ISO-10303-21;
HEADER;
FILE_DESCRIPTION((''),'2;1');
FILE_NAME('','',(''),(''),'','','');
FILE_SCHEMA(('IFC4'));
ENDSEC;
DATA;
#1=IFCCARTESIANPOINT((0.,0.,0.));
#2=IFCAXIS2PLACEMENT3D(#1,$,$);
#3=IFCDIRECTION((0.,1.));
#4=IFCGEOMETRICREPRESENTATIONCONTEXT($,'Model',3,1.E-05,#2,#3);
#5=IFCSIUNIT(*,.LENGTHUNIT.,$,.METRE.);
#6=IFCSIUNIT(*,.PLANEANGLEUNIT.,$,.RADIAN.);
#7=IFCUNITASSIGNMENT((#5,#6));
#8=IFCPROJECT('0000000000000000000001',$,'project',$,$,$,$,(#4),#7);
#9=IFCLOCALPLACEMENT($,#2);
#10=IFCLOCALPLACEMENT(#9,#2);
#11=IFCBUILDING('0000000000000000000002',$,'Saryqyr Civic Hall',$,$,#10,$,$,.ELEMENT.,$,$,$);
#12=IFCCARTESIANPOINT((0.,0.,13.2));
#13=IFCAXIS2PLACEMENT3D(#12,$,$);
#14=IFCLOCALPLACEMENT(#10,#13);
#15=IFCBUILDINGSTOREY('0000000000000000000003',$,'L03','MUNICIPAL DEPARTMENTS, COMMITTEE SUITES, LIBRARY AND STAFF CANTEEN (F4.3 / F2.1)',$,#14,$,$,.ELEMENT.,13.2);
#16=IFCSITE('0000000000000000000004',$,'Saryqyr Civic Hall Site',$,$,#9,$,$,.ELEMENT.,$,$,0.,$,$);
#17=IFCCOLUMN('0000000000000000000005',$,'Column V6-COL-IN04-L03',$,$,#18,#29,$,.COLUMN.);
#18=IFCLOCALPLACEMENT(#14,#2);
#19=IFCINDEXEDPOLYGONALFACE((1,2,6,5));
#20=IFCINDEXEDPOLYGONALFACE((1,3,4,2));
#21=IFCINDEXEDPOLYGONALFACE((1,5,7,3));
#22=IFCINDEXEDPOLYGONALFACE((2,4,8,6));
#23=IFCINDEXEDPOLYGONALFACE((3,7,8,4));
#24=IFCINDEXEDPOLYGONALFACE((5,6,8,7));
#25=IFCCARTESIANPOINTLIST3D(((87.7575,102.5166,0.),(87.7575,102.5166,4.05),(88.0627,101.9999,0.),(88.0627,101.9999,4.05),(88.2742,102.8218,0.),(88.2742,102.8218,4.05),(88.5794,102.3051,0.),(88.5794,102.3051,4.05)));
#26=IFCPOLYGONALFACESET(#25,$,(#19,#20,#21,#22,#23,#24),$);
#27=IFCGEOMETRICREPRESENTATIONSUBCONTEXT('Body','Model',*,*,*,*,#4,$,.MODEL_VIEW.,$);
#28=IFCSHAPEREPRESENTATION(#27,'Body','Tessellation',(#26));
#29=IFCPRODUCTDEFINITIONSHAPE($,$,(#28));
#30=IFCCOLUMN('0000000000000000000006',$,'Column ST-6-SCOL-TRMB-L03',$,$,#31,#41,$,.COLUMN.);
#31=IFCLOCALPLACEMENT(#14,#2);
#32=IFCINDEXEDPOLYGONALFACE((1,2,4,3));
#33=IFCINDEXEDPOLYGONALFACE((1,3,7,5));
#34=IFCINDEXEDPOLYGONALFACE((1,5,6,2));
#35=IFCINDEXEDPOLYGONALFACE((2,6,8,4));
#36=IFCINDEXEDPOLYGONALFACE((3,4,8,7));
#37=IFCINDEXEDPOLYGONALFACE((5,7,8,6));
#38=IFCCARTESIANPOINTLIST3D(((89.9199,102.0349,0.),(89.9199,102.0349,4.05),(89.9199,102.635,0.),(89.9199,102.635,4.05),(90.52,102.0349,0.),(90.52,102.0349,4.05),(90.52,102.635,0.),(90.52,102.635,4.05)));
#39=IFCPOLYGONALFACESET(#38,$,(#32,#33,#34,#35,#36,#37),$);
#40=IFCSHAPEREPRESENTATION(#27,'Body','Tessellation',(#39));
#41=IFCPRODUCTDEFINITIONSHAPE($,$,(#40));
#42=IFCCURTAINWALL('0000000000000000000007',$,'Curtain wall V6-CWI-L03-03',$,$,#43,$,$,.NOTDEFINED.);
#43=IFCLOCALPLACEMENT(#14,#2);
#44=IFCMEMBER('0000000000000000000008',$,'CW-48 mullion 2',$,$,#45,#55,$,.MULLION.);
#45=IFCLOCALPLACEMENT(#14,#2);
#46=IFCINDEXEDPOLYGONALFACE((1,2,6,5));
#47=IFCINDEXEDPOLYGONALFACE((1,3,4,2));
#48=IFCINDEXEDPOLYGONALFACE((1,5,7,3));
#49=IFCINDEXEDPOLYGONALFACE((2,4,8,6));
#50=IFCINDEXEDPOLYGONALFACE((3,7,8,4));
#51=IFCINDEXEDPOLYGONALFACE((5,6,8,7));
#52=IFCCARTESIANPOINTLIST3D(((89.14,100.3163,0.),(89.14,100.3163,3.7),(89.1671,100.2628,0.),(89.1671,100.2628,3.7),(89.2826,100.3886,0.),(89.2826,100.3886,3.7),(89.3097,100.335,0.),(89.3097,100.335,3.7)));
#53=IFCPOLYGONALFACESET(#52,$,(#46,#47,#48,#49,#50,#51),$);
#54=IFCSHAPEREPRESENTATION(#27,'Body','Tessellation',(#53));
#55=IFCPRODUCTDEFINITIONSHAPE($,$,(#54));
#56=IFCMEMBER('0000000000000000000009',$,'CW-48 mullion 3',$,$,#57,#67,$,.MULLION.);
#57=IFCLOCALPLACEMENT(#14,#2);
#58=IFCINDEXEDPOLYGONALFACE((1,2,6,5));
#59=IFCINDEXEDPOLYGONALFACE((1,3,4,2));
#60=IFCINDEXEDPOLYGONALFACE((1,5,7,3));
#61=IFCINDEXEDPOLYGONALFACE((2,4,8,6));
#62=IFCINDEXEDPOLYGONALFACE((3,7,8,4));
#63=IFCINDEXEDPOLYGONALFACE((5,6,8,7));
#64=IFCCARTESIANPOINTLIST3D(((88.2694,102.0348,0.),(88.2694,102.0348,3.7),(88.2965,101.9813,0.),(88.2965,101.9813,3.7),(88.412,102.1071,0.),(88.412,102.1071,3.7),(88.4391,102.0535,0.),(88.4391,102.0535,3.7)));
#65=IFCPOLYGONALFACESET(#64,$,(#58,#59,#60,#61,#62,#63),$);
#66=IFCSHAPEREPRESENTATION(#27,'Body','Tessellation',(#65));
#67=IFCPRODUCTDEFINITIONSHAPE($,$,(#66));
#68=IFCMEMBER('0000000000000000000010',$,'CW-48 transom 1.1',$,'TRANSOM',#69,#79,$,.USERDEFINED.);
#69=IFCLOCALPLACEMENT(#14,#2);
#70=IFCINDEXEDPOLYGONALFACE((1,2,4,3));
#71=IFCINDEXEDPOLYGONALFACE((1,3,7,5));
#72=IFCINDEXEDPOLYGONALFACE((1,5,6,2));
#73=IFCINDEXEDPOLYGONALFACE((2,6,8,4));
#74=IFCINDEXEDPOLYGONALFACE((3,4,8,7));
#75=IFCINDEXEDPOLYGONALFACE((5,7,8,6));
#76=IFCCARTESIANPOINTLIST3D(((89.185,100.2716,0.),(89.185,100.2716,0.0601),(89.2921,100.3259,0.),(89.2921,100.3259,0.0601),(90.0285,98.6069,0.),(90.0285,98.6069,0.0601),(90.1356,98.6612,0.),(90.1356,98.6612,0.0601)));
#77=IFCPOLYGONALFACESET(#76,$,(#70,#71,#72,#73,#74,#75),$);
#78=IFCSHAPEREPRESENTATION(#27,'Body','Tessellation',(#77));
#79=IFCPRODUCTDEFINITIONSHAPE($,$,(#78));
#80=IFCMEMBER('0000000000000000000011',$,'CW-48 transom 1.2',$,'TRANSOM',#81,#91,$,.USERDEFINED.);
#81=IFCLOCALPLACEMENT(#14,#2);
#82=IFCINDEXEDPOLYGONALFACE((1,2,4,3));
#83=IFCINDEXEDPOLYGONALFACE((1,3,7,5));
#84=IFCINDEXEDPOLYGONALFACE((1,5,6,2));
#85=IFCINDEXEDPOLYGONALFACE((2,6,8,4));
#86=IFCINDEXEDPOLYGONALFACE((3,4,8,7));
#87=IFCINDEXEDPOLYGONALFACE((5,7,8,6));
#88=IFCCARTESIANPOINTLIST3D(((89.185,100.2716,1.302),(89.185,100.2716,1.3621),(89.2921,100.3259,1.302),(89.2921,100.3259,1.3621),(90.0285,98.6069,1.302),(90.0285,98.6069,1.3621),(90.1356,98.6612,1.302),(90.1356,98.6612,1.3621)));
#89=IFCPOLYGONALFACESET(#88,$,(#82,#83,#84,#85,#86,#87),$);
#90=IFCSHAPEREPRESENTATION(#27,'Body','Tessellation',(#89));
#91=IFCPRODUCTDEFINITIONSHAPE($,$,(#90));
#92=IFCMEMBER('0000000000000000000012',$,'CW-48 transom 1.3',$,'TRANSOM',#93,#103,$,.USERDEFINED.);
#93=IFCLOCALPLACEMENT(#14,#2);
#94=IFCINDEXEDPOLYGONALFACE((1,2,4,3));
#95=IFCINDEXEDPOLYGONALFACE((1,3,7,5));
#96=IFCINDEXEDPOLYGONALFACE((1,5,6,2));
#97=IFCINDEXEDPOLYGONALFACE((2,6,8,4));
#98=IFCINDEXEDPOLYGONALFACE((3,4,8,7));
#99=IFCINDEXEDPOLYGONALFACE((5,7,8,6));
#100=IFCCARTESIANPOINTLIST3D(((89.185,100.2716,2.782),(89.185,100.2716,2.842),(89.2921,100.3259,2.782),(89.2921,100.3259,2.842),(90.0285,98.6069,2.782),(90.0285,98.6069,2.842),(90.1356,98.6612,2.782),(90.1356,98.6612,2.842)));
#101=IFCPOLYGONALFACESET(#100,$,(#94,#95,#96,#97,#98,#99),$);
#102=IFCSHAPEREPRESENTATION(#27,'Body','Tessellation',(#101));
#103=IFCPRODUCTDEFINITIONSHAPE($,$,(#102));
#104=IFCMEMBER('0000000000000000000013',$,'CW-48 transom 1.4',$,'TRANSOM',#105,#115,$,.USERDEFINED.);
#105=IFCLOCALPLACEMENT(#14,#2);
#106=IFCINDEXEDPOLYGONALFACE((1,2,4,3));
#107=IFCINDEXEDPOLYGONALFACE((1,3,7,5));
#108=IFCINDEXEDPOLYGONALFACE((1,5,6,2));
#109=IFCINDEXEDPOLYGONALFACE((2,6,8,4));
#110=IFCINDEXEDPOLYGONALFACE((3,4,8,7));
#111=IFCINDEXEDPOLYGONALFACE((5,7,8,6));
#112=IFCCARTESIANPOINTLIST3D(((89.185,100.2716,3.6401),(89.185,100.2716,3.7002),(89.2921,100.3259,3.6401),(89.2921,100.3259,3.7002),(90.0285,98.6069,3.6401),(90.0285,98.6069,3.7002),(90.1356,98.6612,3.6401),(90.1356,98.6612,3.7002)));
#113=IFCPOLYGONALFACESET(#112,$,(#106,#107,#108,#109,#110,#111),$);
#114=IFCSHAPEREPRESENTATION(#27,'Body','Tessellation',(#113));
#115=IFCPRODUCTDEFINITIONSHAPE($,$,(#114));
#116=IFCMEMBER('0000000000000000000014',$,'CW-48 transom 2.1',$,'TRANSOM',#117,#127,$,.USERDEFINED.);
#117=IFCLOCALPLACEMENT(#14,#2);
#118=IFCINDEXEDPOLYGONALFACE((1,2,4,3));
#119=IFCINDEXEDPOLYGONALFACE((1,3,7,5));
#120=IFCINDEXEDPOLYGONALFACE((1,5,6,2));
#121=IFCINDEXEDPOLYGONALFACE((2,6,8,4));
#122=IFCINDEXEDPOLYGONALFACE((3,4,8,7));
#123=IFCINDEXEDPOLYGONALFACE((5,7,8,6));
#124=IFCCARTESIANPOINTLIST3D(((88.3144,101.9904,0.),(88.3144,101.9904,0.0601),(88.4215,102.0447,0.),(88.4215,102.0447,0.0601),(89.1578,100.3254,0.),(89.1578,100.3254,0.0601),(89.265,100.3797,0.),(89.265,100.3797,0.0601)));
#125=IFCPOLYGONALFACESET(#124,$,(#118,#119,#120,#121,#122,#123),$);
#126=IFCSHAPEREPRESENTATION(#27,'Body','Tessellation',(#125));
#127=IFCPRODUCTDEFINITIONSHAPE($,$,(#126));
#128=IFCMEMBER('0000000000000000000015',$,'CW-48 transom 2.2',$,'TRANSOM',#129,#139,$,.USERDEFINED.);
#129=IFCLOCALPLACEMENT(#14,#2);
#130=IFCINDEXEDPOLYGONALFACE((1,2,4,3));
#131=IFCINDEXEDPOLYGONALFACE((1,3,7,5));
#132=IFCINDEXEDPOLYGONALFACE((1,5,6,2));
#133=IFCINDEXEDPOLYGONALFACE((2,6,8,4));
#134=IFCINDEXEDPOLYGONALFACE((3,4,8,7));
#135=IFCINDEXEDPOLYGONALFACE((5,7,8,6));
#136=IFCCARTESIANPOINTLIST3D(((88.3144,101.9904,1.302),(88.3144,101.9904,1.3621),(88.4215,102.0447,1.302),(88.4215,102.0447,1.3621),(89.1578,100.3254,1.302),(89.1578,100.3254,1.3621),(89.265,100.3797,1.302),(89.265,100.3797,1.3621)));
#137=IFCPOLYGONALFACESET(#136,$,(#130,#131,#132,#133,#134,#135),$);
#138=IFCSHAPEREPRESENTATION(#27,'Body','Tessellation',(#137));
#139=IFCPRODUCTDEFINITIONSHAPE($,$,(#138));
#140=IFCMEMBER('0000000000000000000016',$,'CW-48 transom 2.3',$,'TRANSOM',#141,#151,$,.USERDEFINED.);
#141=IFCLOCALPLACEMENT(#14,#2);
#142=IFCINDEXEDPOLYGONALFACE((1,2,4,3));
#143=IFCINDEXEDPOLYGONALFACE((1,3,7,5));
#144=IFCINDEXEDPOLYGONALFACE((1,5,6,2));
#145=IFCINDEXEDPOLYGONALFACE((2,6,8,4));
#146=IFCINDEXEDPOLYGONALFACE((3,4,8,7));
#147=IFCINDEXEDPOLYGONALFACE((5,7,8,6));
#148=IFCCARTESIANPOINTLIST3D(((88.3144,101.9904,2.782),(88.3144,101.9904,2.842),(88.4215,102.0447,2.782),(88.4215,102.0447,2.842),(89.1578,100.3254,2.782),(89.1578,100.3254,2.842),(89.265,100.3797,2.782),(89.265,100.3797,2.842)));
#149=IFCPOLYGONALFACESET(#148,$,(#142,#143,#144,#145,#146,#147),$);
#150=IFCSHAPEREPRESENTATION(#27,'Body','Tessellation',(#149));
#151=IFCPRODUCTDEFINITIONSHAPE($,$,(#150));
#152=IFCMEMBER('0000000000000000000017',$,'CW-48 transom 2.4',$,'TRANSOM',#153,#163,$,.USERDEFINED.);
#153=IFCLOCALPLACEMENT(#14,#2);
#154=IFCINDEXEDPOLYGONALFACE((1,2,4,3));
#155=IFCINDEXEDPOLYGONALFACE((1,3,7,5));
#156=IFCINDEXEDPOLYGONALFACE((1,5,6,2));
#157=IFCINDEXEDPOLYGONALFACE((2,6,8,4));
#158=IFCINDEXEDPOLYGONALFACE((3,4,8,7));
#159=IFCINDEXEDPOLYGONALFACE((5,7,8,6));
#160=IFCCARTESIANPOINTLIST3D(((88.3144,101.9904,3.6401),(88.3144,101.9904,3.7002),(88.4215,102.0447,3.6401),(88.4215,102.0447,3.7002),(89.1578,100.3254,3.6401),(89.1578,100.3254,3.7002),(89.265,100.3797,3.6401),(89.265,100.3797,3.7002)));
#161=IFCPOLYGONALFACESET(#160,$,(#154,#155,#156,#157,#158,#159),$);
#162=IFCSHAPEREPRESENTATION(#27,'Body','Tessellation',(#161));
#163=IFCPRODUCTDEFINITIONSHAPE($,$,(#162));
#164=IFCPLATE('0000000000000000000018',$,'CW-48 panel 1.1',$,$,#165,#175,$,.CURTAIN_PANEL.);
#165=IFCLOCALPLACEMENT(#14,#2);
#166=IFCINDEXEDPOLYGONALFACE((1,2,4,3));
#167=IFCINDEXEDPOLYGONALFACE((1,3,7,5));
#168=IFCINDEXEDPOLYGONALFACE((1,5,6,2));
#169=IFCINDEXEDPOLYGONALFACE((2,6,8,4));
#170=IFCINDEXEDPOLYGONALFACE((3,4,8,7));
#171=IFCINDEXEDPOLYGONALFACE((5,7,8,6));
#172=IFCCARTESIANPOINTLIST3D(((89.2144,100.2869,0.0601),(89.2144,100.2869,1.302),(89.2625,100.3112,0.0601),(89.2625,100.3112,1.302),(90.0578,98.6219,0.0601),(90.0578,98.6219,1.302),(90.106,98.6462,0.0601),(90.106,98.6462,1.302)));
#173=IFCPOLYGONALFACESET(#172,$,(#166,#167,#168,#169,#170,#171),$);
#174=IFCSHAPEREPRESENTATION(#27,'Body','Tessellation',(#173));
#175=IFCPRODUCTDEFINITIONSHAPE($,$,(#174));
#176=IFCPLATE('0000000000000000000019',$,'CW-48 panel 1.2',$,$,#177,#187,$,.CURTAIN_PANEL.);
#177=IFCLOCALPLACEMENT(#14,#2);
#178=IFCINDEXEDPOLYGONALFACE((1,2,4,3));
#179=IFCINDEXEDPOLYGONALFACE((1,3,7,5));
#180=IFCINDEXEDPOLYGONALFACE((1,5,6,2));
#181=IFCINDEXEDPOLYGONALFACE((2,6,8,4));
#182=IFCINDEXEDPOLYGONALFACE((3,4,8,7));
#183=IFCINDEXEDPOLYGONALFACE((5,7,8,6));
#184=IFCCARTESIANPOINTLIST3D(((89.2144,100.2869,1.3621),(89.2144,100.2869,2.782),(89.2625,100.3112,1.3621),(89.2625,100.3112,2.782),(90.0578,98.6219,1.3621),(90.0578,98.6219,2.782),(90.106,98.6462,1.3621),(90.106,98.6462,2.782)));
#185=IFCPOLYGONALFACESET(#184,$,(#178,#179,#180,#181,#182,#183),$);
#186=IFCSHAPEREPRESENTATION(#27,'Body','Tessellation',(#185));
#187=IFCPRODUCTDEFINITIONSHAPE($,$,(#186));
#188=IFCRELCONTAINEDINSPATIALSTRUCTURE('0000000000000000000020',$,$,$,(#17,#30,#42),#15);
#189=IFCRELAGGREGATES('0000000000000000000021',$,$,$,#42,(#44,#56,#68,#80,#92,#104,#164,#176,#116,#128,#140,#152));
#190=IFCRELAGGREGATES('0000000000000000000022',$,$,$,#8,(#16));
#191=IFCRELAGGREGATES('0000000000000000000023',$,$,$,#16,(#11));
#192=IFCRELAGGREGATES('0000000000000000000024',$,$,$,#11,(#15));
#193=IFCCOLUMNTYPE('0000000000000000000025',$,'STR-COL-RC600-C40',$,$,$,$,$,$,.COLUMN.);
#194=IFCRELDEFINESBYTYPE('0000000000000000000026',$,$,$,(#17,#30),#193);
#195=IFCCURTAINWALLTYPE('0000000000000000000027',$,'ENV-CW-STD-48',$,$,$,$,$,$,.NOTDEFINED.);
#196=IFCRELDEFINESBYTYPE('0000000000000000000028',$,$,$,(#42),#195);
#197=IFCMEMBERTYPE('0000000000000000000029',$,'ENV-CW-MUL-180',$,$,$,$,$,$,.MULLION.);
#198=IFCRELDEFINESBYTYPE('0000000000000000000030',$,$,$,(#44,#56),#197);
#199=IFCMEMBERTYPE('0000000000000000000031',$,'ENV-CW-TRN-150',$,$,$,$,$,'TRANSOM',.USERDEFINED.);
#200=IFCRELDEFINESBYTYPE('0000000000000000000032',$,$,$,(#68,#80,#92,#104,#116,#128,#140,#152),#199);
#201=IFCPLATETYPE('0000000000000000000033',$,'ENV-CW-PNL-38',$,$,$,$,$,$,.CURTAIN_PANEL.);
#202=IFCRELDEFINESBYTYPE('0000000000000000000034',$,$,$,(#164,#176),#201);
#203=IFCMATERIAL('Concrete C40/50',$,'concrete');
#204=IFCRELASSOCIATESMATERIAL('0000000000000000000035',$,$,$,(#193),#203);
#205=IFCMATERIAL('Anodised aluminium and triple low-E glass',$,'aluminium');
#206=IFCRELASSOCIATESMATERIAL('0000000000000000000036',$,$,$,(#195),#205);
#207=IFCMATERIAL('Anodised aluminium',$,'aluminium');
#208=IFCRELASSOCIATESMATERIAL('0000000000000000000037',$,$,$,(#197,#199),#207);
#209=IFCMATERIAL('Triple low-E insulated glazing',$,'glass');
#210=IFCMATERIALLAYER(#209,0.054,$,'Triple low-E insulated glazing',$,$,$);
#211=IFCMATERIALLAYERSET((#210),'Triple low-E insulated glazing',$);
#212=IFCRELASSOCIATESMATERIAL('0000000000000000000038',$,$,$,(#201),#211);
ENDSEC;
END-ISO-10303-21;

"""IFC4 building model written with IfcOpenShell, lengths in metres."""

from ifc_helpers import new_model, si_unit, direction, frame, origin, origin_2d, place, context, subcontext, project, spatial, rectangle, extrude, material, layer, layer_set, material_profile, profile_set, type_object, element, aggregate, save


model = new_model("IFC4")

# Units and contexts
model_context = context("Model", 3, precision=1e-05, world=origin(), true_north=direction((0.0, 1.0)))
body_context = subcontext(model_context, "Body", "Model", "MODEL_VIEW")
ifc_project = project(units=[si_unit("LENGTHUNIT", "METRE"), si_unit("PLANEANGLEUNIT", "RADIAN")], contexts=[model_context])

# Site, building, storey
site_placement = place(None, origin())
site = spatial("IfcSite", under=ifc_project, at=site_placement, Name="Saryqyr Civic Hall Site", CompositionType="ELEMENT", RefElevation=0.0)
building_placement = place(site_placement, origin())
building = spatial("IfcBuilding", under=site, at=building_placement, Name="Saryqyr Civic Hall", CompositionType="ELEMENT")
storey_placement = place(building_placement, frame((0.0, 0.0, 13.2)))
storey = spatial("IfcBuildingStorey", under=building, at=storey_placement, Name="L03", Description="MUNICIPAL DEPARTMENTS, COMMITTEE SUITES, LIBRARY AND STAFF CANTEEN (F4.3 / F2.1)", CompositionType="ELEMENT", Elevation=13.2)

# Columns
ifc_material_1 = material(Name="Concrete C40/50", Category="concrete")
ifc_material_profile_1 = material_profile(ifc_material_1, rectangle(XDim=0.6001, YDim=0.6001, at=origin_2d()), Name="RC 600x600")
ifc_profile_set_1 = profile_set([ifc_material_profile_1], Name="Concrete C40/50")
column_type = type_object("IfcColumnType", Name="STR-COL-RC600-C40", PredefinedType="COLUMN", material=ifc_profile_set_1)
for number, where, z_axis, x_axis, name in (
    (1, (88.1685, 102.4109, 0.0), (0.0, 0.0, 1.0), (0.861008, 0.508591, 0.0), "Column V6-COL-IN04-L03"),
    (2, (90.22, 102.335, 0.0), (0.0, 0.0, 1.0), (1.0, 0.0, 0.0), "Column ST-6-SCOL-TRMB-L03"),
):
    element("IfcColumn", number, at=place(storey_placement, frame(where, z_axis=z_axis, x_axis=x_axis)), inside=storey, type_object=column_type, Name=name, PredefinedType="COLUMN", context=body_context, shape_type="SweptSolid", body=[
        extrude(rectangle(XDim=0.6001, YDim=0.6001, at=origin_2d()), origin(), (0.0, 0.0, 1.0), 4.05),
    ])

# Curtain wall, members, plates
ifc_material_2 = material(Name="Anodised aluminium and triple low-E glass", Category="aluminium")
curtain_wall_type = type_object("IfcCurtainWallType", Name="ENV-CW-STD-48", PredefinedType="NOTDEFINED", material=ifc_material_2)
curtain_wall_placement = place(storey_placement, origin())
curtain_wall = element("IfcCurtainWall", 3, at=curtain_wall_placement, inside=storey, type_object=curtain_wall_type, Name="Curtain wall V6-CWI-L03-03", PredefinedType="NOTDEFINED")
ifc_material_3 = material(Name="Anodised aluminium", Category="aluminium")
ifc_material_profile_2 = material_profile(ifc_material_3, rectangle(XDim=0.0601, YDim=0.1599, at=origin_2d()), Name="ALU MULLION 60x160")
ifc_profile_set_2 = profile_set([ifc_material_profile_2], Name="Anodised aluminium")
member_type_1 = type_object("IfcMemberType", Name="ENV-CW-MUL-180", PredefinedType="MULLION", material=ifc_profile_set_2)
member_1_placement = place(storey_placement, frame((89.2249, 100.3257, 0.0), z_axis=(0.0, 0.0, 1.0), x_axis=(-0.45191, 0.892064, 0.0)))
member_1 = element("IfcMember", 4, at=member_1_placement, type_object=member_type_1, Name="CW-48 mullion 2", PredefinedType="MULLION", context=body_context, shape_type="SweptSolid", body=[
    extrude(rectangle(XDim=0.0601, YDim=0.1599, at=origin_2d()), origin(), (0.0, 0.0, 1.0), 3.7),
])
member_2_placement = place(storey_placement, frame((88.3542, 102.0442, 0.0), z_axis=(0.0, 0.0, 1.0), x_axis=(-0.45191, 0.892064, 0.0)))
member_2 = element("IfcMember", 5, at=member_2_placement, type_object=member_type_1, Name="CW-48 mullion 3", PredefinedType="MULLION", context=body_context, shape_type="SweptSolid", body=[
    extrude(rectangle(XDim=0.0601, YDim=0.1599, at=origin_2d()), origin(), (0.0, 0.0, 1.0), 3.7),
])
ifc_material_profile_3 = material_profile(ifc_material_3, rectangle(XDim=0.1201, YDim=0.0601, at=origin_2d()), Name="ALU TRANSOM 120x60")
ifc_profile_set_3 = profile_set([ifc_material_profile_3], Name="Anodised aluminium")
member_type_2 = type_object("IfcMemberType", Name="ENV-CW-TRN-150", ElementType="TRANSOM", PredefinedType="USERDEFINED", material=ifc_profile_set_3)
member_3_placement = place(storey_placement, frame((90.082, 98.634, 0.03), z_axis=(-0.451969, 0.892034, 0.0), x_axis=(-0.892034, -0.451969, 0.0)))
member_3 = element("IfcMember", 6, at=member_3_placement, type_object=member_type_2, Name="CW-48 transom 1.1", ObjectType="TRANSOM", PredefinedType="USERDEFINED", context=body_context, shape_type="SweptSolid", body=[
    extrude(rectangle(XDim=0.1201, YDim=0.0601, at=origin_2d()), origin(), (0.0, 0.0, 1.0), 1.8662),
])
member_4_placement = place(storey_placement, frame((90.082, 98.634, 1.332), z_axis=(-0.451969, 0.892034, 0.0), x_axis=(-0.892034, -0.451969, 0.0)))
member_4 = element("IfcMember", 7, at=member_4_placement, type_object=member_type_2, Name="CW-48 transom 1.2", ObjectType="TRANSOM", PredefinedType="USERDEFINED", context=body_context, shape_type="SweptSolid", body=[
    extrude(rectangle(XDim=0.1201, YDim=0.0601, at=origin_2d()), origin(), (0.0, 0.0, 1.0), 1.8662),
])
member_5_placement = place(storey_placement, frame((90.082, 98.634, 2.812), z_axis=(-0.451969, 0.892034, 0.0), x_axis=(-0.892034, -0.451969, 0.0)))
member_5 = element("IfcMember", 8, at=member_5_placement, type_object=member_type_2, Name="CW-48 transom 1.3", ObjectType="TRANSOM", PredefinedType="USERDEFINED", context=body_context, shape_type="SweptSolid", body=[
    extrude(rectangle(XDim=0.1201, YDim=0.0601, at=origin_2d()), origin(), (0.0, 0.0, 1.0), 1.8662),
])
member_6_placement = place(storey_placement, frame((90.082, 98.634, 3.6702), z_axis=(-0.451969, 0.892034, 0.0), x_axis=(-0.892034, -0.451969, 0.0)))
member_6 = element("IfcMember", 9, at=member_6_placement, type_object=member_type_2, Name="CW-48 transom 1.4", ObjectType="TRANSOM", PredefinedType="USERDEFINED", context=body_context, shape_type="SweptSolid", body=[
    extrude(rectangle(XDim=0.1201, YDim=0.0601, at=origin_2d()), origin(), (0.0, 0.0, 1.0), 1.8662),
])
member_7_placement = place(storey_placement, frame((89.2114, 100.3525, 0.03), z_axis=(-0.451916, 0.89206, 0.0), x_axis=(-0.89206, -0.451916, 0.0)))
member_7 = element("IfcMember", 10, at=member_7_placement, type_object=member_type_2, Name="CW-48 transom 2.1", ObjectType="TRANSOM", PredefinedType="USERDEFINED", context=body_context, shape_type="SweptSolid", body=[
    extrude(rectangle(XDim=0.1201, YDim=0.0601, at=origin_2d()), origin(), (0.0, 0.0, 1.0), 1.8665),
])
member_8_placement = place(storey_placement, frame((89.2114, 100.3525, 1.332), z_axis=(-0.451916, 0.89206, 0.0), x_axis=(-0.89206, -0.451916, 0.0)))
member_8 = element("IfcMember", 11, at=member_8_placement, type_object=member_type_2, Name="CW-48 transom 2.2", ObjectType="TRANSOM", PredefinedType="USERDEFINED", context=body_context, shape_type="SweptSolid", body=[
    extrude(rectangle(XDim=0.1201, YDim=0.0601, at=origin_2d()), origin(), (0.0, 0.0, 1.0), 1.8665),
])
member_9_placement = place(storey_placement, frame((89.2114, 100.3525, 2.812), z_axis=(-0.451916, 0.89206, 0.0), x_axis=(-0.89206, -0.451916, 0.0)))
member_9 = element("IfcMember", 12, at=member_9_placement, type_object=member_type_2, Name="CW-48 transom 2.3", ObjectType="TRANSOM", PredefinedType="USERDEFINED", context=body_context, shape_type="SweptSolid", body=[
    extrude(rectangle(XDim=0.1201, YDim=0.0601, at=origin_2d()), origin(), (0.0, 0.0, 1.0), 1.8665),
])
member_10_placement = place(storey_placement, frame((89.2114, 100.3525, 3.6702), z_axis=(-0.451916, 0.89206, 0.0), x_axis=(-0.89206, -0.451916, 0.0)))
member_10 = element("IfcMember", 13, at=member_10_placement, type_object=member_type_2, Name="CW-48 transom 2.4", ObjectType="TRANSOM", PredefinedType="USERDEFINED", context=body_context, shape_type="SweptSolid", body=[
    extrude(rectangle(XDim=0.1201, YDim=0.0601, at=origin_2d()), origin(), (0.0, 0.0, 1.0), 1.8665),
])
ifc_material_4 = material(Name="Triple low-E insulated glazing", Category="glass")
ifc_layer_1 = layer(ifc_material_4, 0.054, Name="Triple low-E insulated glazing")
ifc_layer_set_1 = layer_set([ifc_layer_1], Name="Triple low-E insulated glazing")
plate_type = type_object("IfcPlateType", Name="ENV-CW-PNL-38", PredefinedType="CURTAIN_PANEL", material=ifc_layer_set_1)
plate_1_placement = place(storey_placement, frame((89.6602, 99.4666, 0.0601), z_axis=(0.0, 0.0, 1.0), x_axis=(-0.45191, 0.892064, 0.0)))
plate_1 = element("IfcPlate", 14, at=plate_1_placement, type_object=plate_type, Name="CW-48 panel 1.1", PredefinedType="CURTAIN_PANEL", context=body_context, shape_type="SweptSolid", body=[
    extrude(rectangle(XDim=1.8665, YDim=0.054, at=origin_2d()), origin(), (0.0, 0.0, 1.0), 1.2419),
])
plate_2_placement = place(storey_placement, frame((89.6602, 99.4666, 1.3621), z_axis=(0.0, 0.0, 1.0), x_axis=(-0.45191, 0.892064, 0.0)))
plate_2 = element("IfcPlate", 15, at=plate_2_placement, type_object=plate_type, Name="CW-48 panel 1.2", PredefinedType="CURTAIN_PANEL", context=body_context, shape_type="SweptSolid", body=[
    extrude(rectangle(XDim=1.8665, YDim=0.054, at=origin_2d()), origin(), (0.0, 0.0, 1.0), 1.4199),
])
aggregate(curtain_wall, [member_1, member_2, member_3, member_4, member_5, member_6, plate_1, plate_2, member_7, member_8, member_9, member_10])

save(model, "model.ifc")
